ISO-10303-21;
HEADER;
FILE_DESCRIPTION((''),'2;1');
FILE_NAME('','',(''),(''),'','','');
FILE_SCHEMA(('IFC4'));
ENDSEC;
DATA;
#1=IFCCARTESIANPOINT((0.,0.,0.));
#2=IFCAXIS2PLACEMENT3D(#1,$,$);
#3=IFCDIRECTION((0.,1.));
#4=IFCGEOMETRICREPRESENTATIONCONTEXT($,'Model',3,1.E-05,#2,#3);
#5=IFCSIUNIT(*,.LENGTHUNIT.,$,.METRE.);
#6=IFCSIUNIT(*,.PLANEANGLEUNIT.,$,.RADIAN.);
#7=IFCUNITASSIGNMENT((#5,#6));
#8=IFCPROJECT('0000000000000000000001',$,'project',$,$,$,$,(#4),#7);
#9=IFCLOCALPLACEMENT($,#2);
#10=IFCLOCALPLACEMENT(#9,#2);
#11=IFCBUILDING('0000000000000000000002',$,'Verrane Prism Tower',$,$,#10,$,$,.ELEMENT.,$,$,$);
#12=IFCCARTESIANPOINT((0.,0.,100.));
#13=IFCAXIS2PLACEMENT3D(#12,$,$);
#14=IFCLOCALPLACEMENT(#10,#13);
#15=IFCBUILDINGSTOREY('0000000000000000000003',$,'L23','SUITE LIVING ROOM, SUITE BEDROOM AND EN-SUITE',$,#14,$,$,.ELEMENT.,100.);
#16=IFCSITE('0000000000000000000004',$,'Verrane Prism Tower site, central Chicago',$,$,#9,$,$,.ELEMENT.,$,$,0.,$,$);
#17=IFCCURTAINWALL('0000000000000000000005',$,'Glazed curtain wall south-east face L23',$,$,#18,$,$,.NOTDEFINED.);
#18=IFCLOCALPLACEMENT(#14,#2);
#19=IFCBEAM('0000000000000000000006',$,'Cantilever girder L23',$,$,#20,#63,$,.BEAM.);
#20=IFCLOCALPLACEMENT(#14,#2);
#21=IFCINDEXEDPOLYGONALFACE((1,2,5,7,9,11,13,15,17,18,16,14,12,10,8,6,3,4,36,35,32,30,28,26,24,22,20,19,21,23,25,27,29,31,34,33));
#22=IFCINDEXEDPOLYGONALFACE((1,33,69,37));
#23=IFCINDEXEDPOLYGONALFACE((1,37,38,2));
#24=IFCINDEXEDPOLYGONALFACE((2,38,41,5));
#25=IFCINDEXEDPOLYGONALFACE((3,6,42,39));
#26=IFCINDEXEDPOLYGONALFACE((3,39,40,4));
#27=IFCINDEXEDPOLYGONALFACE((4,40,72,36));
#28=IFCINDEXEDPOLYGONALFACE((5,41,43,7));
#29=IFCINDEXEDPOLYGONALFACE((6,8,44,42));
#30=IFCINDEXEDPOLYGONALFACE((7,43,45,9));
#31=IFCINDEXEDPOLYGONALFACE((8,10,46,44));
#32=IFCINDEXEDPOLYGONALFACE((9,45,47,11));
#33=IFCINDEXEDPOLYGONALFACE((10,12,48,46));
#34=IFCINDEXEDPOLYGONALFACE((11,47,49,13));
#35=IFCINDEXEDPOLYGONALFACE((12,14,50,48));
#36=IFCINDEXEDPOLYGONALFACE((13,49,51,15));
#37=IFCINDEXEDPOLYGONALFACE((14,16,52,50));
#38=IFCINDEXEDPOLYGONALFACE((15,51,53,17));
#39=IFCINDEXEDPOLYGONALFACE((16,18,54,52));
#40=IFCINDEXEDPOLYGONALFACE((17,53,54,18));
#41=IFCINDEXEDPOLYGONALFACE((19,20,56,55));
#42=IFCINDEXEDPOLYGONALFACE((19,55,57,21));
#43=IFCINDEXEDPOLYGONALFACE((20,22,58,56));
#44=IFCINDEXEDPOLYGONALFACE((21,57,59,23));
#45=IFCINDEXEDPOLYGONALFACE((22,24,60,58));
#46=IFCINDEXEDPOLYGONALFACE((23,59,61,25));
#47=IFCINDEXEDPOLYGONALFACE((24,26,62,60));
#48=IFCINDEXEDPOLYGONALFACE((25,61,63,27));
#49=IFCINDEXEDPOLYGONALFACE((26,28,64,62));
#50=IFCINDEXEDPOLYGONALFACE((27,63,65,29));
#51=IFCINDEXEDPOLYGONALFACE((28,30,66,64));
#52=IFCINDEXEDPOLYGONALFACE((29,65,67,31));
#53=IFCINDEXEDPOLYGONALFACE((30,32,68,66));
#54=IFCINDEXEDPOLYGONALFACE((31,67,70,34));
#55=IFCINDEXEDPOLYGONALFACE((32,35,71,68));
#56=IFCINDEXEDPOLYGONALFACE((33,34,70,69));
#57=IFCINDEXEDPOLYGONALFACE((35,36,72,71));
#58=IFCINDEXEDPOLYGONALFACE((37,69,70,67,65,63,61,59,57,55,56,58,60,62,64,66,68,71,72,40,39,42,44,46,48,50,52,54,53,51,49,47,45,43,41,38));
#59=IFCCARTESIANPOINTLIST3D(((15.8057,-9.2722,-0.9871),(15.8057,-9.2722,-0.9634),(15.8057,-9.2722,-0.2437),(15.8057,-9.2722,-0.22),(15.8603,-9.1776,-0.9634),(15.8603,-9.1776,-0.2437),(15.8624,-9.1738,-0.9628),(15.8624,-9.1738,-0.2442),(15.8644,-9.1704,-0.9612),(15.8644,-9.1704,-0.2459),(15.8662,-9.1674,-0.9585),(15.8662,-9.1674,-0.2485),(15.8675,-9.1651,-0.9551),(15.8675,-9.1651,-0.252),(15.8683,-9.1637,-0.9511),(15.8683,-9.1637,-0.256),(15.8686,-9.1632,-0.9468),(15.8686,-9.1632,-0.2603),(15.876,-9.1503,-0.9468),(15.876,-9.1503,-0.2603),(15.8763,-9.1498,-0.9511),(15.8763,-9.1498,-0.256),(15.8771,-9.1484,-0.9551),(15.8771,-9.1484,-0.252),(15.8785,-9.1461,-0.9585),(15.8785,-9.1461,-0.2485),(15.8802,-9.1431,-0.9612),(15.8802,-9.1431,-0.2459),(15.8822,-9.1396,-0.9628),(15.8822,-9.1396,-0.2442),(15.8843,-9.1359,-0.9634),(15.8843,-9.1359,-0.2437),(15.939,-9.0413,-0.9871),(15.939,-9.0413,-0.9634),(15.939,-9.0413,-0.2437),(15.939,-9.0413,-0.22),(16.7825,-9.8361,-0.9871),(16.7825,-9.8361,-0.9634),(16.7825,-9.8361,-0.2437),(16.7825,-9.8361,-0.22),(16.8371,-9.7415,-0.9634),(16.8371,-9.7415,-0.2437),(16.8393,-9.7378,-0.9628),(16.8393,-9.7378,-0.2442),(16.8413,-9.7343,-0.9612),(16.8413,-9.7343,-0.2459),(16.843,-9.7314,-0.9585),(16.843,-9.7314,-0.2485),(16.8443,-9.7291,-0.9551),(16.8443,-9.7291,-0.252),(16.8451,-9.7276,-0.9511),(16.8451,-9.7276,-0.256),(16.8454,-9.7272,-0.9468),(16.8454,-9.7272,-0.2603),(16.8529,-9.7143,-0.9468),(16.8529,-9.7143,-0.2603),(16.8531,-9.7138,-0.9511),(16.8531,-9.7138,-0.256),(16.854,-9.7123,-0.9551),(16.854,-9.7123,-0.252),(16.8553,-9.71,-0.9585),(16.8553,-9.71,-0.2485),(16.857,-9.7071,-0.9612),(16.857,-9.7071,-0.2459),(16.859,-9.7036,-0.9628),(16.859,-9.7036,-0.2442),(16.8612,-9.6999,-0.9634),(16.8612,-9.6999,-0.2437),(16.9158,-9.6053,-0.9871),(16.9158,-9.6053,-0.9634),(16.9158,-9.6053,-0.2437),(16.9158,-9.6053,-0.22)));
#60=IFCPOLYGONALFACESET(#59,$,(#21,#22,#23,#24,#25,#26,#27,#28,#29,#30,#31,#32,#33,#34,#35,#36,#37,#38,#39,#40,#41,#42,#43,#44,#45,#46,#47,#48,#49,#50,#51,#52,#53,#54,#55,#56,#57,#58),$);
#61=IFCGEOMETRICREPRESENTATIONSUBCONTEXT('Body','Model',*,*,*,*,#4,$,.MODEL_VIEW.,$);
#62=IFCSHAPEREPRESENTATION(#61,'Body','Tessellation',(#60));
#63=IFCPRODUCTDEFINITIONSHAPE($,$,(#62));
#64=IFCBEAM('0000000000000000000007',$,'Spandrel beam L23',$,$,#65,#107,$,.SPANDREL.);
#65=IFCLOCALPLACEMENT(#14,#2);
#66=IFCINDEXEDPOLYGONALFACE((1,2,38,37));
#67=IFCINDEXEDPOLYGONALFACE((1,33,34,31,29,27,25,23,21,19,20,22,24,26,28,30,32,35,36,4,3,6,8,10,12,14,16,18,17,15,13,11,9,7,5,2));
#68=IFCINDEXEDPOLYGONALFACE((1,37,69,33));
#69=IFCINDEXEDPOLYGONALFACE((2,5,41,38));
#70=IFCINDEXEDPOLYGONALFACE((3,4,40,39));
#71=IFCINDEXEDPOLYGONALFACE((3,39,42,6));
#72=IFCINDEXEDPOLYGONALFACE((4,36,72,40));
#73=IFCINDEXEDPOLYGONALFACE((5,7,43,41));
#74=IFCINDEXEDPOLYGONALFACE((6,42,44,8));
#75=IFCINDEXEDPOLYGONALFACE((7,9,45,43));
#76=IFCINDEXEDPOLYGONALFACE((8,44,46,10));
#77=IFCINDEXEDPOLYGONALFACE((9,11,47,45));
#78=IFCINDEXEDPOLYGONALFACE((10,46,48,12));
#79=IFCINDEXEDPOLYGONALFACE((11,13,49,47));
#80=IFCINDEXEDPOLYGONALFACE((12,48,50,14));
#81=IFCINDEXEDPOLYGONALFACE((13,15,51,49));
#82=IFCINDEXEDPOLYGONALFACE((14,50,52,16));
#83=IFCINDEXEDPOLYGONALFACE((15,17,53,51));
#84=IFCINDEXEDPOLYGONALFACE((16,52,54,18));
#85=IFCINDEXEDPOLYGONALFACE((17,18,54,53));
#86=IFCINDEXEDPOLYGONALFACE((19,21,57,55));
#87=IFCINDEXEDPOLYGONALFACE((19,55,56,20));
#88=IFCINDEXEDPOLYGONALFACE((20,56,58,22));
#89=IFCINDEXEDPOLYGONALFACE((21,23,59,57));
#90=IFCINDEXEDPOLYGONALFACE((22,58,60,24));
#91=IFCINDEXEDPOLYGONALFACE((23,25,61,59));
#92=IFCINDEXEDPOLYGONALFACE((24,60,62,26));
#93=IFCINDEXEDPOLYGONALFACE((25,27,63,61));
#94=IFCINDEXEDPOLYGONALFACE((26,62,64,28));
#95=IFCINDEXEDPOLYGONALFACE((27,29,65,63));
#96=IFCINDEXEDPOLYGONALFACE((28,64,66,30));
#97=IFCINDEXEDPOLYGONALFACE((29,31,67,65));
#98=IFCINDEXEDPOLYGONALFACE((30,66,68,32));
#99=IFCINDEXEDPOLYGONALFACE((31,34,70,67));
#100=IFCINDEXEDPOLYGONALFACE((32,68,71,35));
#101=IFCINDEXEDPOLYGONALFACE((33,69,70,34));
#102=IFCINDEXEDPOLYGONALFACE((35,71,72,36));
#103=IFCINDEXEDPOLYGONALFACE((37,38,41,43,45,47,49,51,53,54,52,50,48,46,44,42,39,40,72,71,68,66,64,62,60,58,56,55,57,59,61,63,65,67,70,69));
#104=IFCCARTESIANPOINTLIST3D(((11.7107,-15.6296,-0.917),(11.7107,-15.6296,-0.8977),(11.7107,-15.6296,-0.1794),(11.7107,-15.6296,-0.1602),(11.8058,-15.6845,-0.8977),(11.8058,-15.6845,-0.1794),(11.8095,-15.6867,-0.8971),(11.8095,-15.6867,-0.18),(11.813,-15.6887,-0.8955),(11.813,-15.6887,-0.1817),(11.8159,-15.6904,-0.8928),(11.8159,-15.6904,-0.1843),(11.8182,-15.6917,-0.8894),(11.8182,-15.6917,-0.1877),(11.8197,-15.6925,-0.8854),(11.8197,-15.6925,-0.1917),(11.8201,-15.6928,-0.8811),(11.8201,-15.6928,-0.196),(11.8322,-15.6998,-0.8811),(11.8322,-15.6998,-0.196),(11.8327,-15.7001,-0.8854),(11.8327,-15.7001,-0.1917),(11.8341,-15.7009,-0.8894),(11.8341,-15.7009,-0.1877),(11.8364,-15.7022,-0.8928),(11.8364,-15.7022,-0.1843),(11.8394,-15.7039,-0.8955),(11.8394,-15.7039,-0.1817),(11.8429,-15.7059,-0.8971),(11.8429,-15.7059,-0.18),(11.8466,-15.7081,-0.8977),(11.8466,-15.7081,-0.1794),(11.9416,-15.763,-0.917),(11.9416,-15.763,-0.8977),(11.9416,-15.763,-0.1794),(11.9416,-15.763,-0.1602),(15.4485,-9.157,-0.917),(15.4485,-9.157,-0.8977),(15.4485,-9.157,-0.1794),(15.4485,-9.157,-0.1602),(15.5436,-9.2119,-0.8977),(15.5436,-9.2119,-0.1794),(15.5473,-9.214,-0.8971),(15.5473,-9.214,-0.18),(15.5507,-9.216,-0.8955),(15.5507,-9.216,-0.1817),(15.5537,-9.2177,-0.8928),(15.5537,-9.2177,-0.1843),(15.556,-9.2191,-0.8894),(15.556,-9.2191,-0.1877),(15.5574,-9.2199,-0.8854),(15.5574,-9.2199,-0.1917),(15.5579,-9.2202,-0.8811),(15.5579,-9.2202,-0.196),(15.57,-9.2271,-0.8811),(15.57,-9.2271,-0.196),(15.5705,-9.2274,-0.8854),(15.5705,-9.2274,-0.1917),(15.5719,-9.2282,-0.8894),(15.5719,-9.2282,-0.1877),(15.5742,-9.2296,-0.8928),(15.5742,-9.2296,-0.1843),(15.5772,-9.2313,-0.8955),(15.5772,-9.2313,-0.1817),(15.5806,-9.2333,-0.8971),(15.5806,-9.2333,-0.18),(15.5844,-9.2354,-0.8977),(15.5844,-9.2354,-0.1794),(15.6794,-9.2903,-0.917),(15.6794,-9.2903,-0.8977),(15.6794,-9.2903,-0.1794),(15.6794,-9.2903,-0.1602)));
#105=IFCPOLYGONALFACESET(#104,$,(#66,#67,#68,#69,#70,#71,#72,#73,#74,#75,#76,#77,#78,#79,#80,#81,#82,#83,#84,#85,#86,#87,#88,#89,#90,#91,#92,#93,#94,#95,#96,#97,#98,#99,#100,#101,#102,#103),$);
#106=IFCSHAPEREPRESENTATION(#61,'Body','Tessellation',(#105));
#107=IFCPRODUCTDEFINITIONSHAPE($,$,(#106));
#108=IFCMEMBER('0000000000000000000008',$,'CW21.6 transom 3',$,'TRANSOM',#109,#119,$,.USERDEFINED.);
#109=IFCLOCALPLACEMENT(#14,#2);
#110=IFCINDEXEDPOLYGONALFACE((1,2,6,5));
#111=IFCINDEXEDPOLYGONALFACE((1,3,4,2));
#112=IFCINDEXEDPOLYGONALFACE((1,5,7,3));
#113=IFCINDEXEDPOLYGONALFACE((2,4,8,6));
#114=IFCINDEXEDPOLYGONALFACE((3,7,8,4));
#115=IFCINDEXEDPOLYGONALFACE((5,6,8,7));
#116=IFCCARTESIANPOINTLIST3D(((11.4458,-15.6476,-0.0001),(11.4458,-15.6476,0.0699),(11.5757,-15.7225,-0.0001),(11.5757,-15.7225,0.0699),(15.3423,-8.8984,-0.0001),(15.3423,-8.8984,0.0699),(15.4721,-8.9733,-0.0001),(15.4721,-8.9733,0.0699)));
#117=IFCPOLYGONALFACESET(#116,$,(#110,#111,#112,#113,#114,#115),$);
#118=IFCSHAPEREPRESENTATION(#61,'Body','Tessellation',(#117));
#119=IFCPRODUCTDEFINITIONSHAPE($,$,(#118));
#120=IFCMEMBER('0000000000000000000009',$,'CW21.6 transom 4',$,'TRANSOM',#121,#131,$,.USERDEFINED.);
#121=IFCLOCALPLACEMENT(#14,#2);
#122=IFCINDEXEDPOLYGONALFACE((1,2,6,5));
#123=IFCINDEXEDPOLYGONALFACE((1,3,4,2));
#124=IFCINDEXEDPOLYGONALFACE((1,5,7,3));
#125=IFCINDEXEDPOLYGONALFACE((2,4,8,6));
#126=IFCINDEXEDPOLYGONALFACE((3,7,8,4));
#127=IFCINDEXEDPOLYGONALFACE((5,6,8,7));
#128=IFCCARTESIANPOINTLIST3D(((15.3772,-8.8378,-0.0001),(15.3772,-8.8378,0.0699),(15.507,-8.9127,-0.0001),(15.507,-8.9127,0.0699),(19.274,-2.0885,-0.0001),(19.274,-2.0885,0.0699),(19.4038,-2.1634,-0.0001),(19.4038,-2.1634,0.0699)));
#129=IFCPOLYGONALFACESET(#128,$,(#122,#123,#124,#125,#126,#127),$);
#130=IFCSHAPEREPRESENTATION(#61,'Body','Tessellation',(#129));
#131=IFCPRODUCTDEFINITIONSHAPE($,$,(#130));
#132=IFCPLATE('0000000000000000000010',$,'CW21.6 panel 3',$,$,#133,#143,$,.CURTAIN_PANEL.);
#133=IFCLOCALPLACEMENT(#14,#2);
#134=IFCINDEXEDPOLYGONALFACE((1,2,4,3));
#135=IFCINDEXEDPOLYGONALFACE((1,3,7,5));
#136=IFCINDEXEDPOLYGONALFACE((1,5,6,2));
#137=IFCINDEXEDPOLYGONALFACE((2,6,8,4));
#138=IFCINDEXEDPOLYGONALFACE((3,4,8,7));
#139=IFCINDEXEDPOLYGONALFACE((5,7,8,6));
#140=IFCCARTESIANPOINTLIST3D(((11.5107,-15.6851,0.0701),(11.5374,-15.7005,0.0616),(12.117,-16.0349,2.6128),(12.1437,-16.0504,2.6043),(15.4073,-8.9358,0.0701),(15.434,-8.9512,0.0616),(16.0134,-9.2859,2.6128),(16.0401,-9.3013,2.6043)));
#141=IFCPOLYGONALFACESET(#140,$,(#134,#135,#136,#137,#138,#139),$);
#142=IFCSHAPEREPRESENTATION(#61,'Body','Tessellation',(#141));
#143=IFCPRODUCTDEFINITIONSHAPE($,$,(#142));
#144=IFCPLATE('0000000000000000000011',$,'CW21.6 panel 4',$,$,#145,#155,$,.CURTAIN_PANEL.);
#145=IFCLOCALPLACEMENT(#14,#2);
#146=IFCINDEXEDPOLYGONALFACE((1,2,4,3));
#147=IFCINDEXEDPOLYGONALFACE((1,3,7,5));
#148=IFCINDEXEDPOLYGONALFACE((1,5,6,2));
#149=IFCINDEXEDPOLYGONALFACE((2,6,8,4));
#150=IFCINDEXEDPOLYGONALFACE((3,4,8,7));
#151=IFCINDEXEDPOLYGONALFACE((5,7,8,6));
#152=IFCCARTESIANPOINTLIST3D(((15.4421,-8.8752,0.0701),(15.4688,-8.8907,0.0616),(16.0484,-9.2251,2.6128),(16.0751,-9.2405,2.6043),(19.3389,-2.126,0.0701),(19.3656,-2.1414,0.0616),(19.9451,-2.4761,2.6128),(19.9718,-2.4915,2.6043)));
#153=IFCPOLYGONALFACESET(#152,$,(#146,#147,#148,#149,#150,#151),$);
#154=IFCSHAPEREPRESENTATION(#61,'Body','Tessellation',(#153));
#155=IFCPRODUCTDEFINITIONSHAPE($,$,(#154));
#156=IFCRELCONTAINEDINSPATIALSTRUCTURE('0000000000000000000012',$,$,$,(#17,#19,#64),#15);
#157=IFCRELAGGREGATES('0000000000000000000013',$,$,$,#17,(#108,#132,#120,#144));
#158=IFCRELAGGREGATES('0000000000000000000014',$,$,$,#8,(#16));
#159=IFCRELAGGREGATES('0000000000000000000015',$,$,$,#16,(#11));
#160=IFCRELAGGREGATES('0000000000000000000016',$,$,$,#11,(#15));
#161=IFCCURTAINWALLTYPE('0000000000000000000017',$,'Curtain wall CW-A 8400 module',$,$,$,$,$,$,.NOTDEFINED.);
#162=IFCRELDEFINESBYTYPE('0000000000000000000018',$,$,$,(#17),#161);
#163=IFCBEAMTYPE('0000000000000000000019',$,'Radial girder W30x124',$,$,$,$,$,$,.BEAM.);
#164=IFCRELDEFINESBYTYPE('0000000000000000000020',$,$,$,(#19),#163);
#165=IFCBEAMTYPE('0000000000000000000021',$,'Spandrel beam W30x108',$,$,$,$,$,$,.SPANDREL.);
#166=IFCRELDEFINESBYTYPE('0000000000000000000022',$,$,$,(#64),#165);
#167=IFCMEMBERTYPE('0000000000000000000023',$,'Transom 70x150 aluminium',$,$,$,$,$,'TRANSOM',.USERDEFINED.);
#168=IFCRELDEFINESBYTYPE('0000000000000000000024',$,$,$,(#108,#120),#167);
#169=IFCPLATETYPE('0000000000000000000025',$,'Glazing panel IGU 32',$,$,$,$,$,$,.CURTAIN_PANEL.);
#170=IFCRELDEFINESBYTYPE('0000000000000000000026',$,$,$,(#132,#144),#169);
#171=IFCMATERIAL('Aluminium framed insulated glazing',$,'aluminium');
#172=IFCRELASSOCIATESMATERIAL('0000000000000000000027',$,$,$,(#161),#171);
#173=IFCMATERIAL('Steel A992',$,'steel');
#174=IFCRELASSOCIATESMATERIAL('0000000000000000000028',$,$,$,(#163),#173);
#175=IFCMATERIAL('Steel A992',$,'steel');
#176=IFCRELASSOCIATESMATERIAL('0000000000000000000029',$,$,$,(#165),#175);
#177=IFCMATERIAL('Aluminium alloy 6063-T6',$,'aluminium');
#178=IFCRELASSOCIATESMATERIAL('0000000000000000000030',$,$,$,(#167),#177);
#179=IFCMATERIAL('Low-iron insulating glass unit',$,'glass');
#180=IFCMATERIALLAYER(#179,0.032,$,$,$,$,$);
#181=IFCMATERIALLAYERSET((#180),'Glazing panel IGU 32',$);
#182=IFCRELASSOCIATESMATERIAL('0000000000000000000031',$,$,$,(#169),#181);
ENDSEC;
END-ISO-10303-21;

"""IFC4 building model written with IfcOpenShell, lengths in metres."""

from ifc_helpers import new_model, si_unit, direction, frame, origin, origin_2d, place, context, subcontext, project, spatial, polyline, rectangle, i_section, outline, extrude, material, layer, layer_set, material_profile, profile_set, type_object, element, aggregate, save


model = new_model("IFC4")

# Units and contexts
model_context = context("Model", 3, precision=1e-05, world=origin(), true_north=direction((0.0, 1.0)))
body_context = subcontext(model_context, "Body", "Model", "MODEL_VIEW")
ifc_project = project(units=[si_unit("LENGTHUNIT", "METRE"), si_unit("PLANEANGLEUNIT", "RADIAN")], contexts=[model_context])

# Site, building, storey
site_placement = place(None, origin())
site = spatial("IfcSite", under=ifc_project, at=site_placement, Name="Verrane Prism Tower site, central Chicago", CompositionType="ELEMENT", RefElevation=0.0)
building_placement = place(site_placement, origin())
building = spatial("IfcBuilding", under=site, at=building_placement, Name="Verrane Prism Tower", CompositionType="ELEMENT")
storey_placement = place(building_placement, frame((0.0, 0.0, 100.0)))
storey = spatial("IfcBuildingStorey", under=building, at=storey_placement, Name="L23", Description="SUITE LIVING ROOM, SUITE BEDROOM AND EN-SUITE", CompositionType="ELEMENT", Elevation=100.0)

# Curtain wall
ifc_material_1 = material(Name="Aluminium framed insulated glazing", Category="aluminium")
curtain_wall_type = type_object("IfcCurtainWallType", Name="Curtain wall CW-A 8400 module", PredefinedType="NOTDEFINED", material=ifc_material_1)
curtain_wall_placement = place(storey_placement, origin())
curtain_wall = element("IfcCurtainWall", 1, at=curtain_wall_placement, inside=storey, type_object=curtain_wall_type, Name="Glazed curtain wall south-east face L23", PredefinedType="NOTDEFINED")

# Beams
ifc_material_2 = material(Name="Steel A992", Category="steel")
ifc_material_profile_1 = material_profile(ifc_material_2, i_section(OverallWidth=0.2666, OverallDepth=0.7671, WebThickness=0.0149, FlangeThickness=0.0237, FilletRadius=0.0166, at=origin_2d()), Name="W30x124")
ifc_profile_set_1 = profile_set([ifc_material_profile_1], Name="Steel A992")
beam_type_1 = type_object("IfcBeamType", Name="Radial girder W30x124", PredefinedType="BEAM", material=ifc_profile_set_1)
beam_1_placement = place(storey_placement, frame((15.8723, -9.1567, -0.6035), z_axis=(0.866023, -0.500004, 0.0), x_axis=(0.500004, 0.866023, 0.0)))
element("IfcBeam", 2, at=beam_1_placement, inside=storey, type_object=beam_type_1, Name="Cantilever girder L23", PredefinedType="BEAM", context=body_context, shape_type="SweptSolid", body=[
    extrude(i_section(OverallWidth=0.2666, OverallDepth=0.7671, WebThickness=0.0149, FlangeThickness=0.0237, FilletRadius=0.0166, at=origin_2d()), origin(), (0.0, 0.0, 1.0), 1.1279),
])
ifc_material_3 = material(Name="Steel A992", Category="steel")
ifc_material_profile_2 = material_profile(ifc_material_3, i_section(OverallWidth=0.2666, OverallDepth=0.7568, WebThickness=0.0139, FlangeThickness=0.0193, FilletRadius=0.0166, at=origin_2d()), Name="W30x108")
ifc_profile_set_2 = profile_set([ifc_material_profile_2], Name="Steel A992")
beam_type_2 = type_object("IfcBeamType", Name="Spandrel beam W30x108", PredefinedType="SPANDREL", material=ifc_profile_set_2)
beam_2_placement = place(storey_placement, frame((11.8262, -15.6963, -0.5386), z_axis=(0.500081, 0.865979, 0.0), x_axis=(-0.865979, 0.500081, 0.0)))
element("IfcBeam", 3, at=beam_2_placement, inside=storey, type_object=beam_type_2, Name="Spandrel beam L23", PredefinedType="SPANDREL", context=body_context, shape_type="SweptSolid", body=[
    extrude(i_section(OverallWidth=0.2666, OverallDepth=0.7568, WebThickness=0.0139, FlangeThickness=0.0193, FilletRadius=0.0166, at=origin_2d()), origin(), (0.0, 0.0, 1.0), 7.4744),
])

# Members
ifc_material_4 = material(Name="Aluminium alloy 6063-T6", Category="aluminium")
ifc_material_profile_3 = material_profile(ifc_material_4, rectangle(XDim=0.1499, YDim=0.0701, at=origin_2d()), Name="Transom 70x150 aluminium")
ifc_profile_set_3 = profile_set([ifc_material_profile_3], Name="Aluminium alloy 6063-T6")
member_type_1 = type_object("IfcMemberType", Name="Transom 70x150 aluminium", ElementType="TRANSOM", PredefinedType="USERDEFINED", material=ifc_profile_set_3)
member_1_placement = place(storey_placement, frame((11.5107, -15.6851, 0.0349), z_axis=(0.49998, 0.866037, 0.0), x_axis=(-0.866037, 0.49998, 0.0)))
member_1 = element("IfcMember", 4, at=member_1_placement, type_object=member_type_1, Name="CW21.6 transom 3", ObjectType="TRANSOM", PredefinedType="USERDEFINED", context=body_context, shape_type="SweptSolid", body=[
    extrude(rectangle(XDim=0.1499, YDim=0.0701, at=origin_2d()), origin(), (0.0, 0.0, 1.0), 7.7932),
])
member_2_placement = place(storey_placement, frame((15.4421, -8.8752, 0.0349), z_axis=(0.500004, 0.866023, 0.0), x_axis=(-0.866023, 0.500004, 0.0)))
member_2 = element("IfcMember", 5, at=member_2_placement, type_object=member_type_1, Name="CW21.6 transom 4", ObjectType="TRANSOM", PredefinedType="USERDEFINED", context=body_context, shape_type="SweptSolid", body=[
    extrude(rectangle(XDim=0.1499, YDim=0.0701, at=origin_2d()), origin(), (0.0, 0.0, 1.0), 7.7935),
])

# Plates
ifc_material_5 = material(Name="Low-iron insulating glass unit", Category="glass")
ifc_layer_1 = layer(ifc_material_5, 0.032)
ifc_layer_set_1 = layer_set([ifc_layer_1], Name="Glazing panel IGU 32")
plate_type = type_object("IfcPlateType", Name="Glazing panel IGU 32", PredefinedType="CURTAIN_PANEL", material=ifc_layer_set_1)
plate_1_placement = place(storey_placement, frame((11.5107, -15.6851, 0.0701), z_axis=(-0.834973, 0.482055, 0.265412), x_axis=(0.499986, 0.866033, -0.000002)))
plate_1 = element("IfcPlate", 6, at=plate_1_placement, type_object=plate_type, Name="CW21.6 panel 3", PredefinedType="CURTAIN_PANEL", context=body_context, shape_type="SweptSolid", body=[
    extrude(outline(polyline([(0.0, 0.0), (7.7933, 0.0), (7.7932, -2.6373), (0.0001, -2.6373), (0.0, 0.0)])), origin(), (0.0, 0.0, -1.0), 0.032),
])
plate_2_placement = place(storey_placement, frame((15.4421, -8.8752, 0.0701), z_axis=(-0.83496, 0.482078, 0.265412), x_axis=(0.50001, 0.86602, -0.000002)))
plate_2 = element("IfcPlate", 7, at=plate_2_placement, type_object=plate_type, Name="CW21.6 panel 4", PredefinedType="CURTAIN_PANEL", context=body_context, shape_type="SweptSolid", body=[
    extrude(outline(polyline([(0.0, 0.0), (7.7934, 0.0), (7.7933, -2.6373), (0.0001, -2.6373), (0.0, 0.0)])), origin(), (0.0, 0.0, -1.0), 0.032),
])
aggregate(curtain_wall, [member_1, plate_1, member_2, plate_2])

save(model, "model.ifc")
